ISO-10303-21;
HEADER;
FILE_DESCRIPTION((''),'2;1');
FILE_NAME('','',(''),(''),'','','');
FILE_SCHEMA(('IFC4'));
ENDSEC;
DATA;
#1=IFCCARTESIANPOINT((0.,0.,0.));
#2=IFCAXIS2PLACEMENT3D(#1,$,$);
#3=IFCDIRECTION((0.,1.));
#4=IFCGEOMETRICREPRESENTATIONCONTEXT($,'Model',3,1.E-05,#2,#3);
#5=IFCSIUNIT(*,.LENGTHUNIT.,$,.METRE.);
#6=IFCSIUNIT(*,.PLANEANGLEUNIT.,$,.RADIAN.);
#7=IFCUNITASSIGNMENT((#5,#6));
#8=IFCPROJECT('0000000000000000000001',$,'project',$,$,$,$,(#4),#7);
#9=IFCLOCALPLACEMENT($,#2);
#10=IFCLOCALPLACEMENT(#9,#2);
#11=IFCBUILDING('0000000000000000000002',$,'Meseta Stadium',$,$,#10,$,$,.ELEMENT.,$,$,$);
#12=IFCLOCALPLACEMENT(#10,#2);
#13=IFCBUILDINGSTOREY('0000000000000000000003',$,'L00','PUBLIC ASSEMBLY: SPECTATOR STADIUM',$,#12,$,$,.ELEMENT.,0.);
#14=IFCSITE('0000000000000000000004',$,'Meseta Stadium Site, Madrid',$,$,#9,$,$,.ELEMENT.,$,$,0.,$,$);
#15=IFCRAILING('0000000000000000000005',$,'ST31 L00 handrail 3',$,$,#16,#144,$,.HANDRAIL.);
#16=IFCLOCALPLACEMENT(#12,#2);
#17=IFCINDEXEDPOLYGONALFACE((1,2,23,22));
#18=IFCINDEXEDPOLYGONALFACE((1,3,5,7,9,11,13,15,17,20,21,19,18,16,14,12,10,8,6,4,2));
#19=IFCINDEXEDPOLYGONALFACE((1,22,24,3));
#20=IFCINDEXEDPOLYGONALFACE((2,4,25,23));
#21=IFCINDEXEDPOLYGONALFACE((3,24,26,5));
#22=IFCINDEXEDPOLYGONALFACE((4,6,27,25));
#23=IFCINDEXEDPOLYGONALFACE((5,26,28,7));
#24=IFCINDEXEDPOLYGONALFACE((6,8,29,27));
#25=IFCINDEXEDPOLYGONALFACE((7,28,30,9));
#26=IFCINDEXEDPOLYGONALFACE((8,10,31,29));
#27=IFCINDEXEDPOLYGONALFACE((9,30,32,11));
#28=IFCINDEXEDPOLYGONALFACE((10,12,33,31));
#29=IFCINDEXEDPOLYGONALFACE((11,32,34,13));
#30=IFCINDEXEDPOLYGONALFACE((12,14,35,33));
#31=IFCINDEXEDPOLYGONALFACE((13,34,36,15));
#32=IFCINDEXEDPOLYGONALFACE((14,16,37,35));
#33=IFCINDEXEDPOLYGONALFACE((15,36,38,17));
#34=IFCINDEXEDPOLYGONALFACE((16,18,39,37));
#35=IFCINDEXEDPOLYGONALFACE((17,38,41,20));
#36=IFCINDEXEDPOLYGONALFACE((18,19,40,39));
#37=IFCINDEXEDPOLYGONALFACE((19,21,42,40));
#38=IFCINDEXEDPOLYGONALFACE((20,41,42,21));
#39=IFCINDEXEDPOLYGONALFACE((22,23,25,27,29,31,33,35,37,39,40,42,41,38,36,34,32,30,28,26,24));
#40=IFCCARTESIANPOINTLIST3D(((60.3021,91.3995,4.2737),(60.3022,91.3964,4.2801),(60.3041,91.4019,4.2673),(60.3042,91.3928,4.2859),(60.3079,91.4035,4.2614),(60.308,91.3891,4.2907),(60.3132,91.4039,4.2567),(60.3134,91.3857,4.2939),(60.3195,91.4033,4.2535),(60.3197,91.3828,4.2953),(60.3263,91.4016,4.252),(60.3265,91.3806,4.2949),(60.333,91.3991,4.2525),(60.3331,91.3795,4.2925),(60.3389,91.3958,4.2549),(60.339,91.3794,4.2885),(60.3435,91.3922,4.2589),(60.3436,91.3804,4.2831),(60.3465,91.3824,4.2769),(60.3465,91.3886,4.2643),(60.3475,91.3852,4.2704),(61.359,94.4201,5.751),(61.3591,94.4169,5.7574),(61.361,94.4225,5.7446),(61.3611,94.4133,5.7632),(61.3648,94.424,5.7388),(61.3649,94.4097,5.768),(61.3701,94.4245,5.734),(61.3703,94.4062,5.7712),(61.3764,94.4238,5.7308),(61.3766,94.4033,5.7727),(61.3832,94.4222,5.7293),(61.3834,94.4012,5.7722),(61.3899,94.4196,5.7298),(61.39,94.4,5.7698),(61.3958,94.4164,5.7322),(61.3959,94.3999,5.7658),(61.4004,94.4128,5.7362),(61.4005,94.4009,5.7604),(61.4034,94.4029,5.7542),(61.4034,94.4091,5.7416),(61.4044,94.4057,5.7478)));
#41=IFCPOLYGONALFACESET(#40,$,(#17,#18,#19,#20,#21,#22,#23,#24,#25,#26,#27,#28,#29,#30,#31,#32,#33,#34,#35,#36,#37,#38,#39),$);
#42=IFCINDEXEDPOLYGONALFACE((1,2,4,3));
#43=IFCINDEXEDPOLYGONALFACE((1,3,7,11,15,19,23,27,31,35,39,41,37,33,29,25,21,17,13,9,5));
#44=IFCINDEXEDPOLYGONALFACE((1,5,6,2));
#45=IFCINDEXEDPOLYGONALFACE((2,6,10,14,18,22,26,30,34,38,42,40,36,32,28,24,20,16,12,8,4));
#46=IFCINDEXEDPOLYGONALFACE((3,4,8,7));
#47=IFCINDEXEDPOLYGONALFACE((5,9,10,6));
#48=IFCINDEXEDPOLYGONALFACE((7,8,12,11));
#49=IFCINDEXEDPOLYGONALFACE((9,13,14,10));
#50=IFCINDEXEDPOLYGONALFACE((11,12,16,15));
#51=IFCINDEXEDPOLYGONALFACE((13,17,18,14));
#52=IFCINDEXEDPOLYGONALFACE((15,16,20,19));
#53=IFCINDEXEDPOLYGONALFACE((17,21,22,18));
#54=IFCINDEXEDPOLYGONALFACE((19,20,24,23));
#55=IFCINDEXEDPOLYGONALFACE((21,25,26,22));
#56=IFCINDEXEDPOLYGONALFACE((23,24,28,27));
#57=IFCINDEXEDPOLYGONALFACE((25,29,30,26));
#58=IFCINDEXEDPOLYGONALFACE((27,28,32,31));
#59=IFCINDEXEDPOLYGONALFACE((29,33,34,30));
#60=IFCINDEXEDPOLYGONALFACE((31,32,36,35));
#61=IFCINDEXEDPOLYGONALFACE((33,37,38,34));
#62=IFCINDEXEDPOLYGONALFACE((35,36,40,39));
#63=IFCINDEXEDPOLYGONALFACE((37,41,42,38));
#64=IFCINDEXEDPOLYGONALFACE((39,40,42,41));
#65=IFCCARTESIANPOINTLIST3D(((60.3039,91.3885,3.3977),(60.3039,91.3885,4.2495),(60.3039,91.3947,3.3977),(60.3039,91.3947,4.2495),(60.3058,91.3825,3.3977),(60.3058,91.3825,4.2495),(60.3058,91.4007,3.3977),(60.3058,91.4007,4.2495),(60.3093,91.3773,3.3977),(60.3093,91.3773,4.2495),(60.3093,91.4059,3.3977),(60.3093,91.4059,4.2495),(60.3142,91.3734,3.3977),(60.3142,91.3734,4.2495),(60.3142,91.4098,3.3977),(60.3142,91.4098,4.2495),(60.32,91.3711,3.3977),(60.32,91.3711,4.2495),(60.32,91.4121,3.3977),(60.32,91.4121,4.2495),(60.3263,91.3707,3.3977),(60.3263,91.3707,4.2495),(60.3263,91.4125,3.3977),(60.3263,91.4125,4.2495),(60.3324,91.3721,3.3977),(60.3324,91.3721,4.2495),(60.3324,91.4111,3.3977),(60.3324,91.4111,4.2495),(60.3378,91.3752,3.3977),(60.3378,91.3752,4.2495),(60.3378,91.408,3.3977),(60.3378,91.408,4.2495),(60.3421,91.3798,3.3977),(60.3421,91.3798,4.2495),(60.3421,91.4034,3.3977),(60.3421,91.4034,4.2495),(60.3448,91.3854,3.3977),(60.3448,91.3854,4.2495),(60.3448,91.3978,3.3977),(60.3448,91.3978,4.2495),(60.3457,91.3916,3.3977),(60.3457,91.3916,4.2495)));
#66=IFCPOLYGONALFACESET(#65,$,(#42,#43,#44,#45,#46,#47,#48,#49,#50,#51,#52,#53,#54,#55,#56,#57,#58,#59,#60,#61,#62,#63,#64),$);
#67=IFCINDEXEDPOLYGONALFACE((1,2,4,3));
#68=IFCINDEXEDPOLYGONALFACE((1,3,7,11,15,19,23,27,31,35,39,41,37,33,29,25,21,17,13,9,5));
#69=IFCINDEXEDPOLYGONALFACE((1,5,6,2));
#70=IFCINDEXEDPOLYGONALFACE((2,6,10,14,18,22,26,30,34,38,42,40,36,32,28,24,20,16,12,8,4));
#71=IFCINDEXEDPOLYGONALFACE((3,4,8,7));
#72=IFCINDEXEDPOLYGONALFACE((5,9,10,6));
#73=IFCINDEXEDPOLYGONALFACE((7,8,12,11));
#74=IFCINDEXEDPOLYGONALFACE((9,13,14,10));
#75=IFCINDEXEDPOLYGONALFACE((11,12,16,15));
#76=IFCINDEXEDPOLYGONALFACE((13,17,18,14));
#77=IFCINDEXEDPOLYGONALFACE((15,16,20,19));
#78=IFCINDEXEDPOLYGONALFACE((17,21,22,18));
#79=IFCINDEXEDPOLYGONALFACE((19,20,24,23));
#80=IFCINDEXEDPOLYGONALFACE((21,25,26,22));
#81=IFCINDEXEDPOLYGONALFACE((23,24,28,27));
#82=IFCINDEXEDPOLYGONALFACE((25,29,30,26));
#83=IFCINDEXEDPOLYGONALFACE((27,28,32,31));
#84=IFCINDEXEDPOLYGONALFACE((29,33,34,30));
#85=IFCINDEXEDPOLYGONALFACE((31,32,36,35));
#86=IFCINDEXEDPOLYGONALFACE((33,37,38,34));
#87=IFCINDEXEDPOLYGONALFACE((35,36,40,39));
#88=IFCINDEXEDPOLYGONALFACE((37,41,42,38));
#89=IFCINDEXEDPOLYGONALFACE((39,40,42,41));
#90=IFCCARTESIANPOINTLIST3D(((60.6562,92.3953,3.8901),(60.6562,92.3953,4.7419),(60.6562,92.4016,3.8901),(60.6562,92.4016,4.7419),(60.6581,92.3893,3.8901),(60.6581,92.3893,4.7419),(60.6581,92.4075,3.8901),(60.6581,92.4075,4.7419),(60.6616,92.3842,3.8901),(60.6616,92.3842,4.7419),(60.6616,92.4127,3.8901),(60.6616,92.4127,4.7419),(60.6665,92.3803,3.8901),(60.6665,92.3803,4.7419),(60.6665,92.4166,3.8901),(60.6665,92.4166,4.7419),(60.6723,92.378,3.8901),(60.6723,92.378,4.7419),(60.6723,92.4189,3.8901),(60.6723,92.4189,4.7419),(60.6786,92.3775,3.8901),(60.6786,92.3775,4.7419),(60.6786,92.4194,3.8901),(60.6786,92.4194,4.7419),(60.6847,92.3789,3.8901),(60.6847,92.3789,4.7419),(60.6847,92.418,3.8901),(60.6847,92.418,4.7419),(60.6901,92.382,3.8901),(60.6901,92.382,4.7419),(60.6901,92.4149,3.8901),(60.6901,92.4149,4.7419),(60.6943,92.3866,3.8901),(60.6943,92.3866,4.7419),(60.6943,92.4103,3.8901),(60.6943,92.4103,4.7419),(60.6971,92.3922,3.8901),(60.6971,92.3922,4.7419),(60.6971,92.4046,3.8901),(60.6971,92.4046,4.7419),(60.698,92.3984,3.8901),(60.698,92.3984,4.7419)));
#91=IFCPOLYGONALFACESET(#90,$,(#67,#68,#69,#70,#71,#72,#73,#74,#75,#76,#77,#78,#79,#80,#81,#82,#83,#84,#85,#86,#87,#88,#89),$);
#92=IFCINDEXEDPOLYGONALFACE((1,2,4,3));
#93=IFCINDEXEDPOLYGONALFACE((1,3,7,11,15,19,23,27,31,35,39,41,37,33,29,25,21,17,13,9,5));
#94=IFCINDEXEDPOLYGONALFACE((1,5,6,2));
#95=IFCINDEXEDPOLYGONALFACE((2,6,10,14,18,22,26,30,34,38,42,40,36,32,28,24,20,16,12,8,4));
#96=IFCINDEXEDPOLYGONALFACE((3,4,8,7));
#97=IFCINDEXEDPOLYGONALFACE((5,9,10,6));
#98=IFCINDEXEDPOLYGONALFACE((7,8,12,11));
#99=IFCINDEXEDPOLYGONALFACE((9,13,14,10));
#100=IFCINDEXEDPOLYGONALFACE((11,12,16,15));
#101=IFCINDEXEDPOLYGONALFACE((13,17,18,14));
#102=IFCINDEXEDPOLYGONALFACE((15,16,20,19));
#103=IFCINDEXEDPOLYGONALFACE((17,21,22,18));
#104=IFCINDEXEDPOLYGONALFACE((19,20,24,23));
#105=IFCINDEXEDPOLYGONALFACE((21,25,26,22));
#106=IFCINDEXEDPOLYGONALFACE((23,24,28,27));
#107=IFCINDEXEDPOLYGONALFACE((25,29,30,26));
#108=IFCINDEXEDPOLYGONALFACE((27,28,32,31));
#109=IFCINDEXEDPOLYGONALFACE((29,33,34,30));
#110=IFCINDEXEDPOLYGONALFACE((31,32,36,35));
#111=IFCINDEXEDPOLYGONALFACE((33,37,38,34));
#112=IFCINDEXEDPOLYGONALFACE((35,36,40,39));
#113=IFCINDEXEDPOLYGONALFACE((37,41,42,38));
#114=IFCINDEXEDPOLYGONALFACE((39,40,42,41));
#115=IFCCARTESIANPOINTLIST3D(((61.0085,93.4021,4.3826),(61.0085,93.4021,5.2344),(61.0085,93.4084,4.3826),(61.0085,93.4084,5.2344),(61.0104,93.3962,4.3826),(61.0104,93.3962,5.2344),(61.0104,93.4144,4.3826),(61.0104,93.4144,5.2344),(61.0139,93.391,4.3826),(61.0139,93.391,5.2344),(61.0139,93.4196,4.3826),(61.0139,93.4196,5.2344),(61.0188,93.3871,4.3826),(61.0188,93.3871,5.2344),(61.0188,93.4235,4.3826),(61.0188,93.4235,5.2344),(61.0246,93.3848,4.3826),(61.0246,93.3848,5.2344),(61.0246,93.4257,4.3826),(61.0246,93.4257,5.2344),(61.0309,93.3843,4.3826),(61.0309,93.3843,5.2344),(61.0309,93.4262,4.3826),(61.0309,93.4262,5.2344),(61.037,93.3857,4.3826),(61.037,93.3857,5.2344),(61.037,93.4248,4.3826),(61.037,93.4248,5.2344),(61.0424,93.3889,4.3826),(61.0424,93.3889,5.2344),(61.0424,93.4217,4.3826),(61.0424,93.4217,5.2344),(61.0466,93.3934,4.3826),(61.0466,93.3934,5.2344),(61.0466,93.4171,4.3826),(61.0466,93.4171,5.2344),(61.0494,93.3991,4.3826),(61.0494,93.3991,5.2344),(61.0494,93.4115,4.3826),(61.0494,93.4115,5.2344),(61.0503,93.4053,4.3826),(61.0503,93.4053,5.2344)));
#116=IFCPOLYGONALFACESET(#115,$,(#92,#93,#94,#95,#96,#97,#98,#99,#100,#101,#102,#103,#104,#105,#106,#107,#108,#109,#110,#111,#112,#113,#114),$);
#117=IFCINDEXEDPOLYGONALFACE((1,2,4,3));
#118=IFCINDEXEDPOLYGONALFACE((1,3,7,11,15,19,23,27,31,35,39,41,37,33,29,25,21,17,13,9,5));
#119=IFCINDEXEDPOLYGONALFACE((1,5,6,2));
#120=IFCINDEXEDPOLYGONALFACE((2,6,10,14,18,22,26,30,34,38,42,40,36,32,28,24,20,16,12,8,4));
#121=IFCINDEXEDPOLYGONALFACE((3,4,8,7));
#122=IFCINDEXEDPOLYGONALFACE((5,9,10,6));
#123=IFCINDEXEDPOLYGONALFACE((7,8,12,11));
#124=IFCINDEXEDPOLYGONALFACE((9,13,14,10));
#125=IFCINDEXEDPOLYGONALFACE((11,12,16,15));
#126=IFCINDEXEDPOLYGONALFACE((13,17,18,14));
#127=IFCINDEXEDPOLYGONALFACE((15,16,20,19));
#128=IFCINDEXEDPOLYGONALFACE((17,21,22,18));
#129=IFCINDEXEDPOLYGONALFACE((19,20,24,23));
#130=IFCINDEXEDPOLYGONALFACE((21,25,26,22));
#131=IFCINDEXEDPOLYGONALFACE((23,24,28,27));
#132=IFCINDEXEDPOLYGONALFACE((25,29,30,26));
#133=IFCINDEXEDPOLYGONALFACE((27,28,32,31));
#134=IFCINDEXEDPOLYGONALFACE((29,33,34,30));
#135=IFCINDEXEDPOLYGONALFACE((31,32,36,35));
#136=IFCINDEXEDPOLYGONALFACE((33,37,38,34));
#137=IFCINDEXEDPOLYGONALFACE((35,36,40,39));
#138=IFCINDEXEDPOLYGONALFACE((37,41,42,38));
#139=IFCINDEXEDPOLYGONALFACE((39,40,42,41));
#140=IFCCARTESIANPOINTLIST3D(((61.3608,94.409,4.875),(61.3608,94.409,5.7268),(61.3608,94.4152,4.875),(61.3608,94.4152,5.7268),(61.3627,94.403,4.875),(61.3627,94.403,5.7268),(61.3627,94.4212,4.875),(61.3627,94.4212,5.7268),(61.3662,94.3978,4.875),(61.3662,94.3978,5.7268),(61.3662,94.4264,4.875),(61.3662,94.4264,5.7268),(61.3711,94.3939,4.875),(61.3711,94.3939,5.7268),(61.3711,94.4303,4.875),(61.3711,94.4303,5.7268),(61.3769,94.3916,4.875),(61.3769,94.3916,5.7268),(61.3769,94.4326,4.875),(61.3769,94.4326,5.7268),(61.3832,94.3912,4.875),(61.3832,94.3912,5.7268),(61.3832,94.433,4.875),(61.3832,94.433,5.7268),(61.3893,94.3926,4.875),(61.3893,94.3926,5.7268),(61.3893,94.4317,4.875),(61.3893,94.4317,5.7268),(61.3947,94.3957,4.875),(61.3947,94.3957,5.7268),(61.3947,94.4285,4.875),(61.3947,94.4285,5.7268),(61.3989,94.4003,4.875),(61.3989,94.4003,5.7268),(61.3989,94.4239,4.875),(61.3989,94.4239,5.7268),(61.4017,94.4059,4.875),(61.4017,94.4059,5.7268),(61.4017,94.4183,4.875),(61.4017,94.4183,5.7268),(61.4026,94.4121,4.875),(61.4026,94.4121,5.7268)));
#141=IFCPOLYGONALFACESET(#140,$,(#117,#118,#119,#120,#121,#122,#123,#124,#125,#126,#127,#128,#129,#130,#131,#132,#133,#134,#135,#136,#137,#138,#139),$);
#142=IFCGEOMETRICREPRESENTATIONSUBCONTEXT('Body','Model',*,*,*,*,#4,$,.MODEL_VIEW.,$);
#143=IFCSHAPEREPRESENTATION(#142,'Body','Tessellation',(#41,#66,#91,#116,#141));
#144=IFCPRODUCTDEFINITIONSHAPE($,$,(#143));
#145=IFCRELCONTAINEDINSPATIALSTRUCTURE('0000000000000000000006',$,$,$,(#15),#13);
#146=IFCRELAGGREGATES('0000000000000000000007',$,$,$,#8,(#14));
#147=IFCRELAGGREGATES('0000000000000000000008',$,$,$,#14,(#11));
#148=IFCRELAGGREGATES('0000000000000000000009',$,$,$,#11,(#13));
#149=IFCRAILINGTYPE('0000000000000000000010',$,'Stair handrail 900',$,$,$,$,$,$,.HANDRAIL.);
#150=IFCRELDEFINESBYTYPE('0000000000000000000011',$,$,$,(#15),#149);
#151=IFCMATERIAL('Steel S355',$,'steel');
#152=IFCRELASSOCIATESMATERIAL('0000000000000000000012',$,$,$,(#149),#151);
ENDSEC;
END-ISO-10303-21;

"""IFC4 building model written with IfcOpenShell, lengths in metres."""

from ifc_helpers import new_model, si_unit, direction, frame, origin, origin_2d, place, context, subcontext, project, spatial, circle, extrude, material, type_object, element, save


model = new_model("IFC4")

# Units and contexts
model_context = context("Model", 3, precision=1e-05, world=origin(), true_north=direction((0.0, 1.0)))
body_context = subcontext(model_context, "Body", "Model", "MODEL_VIEW")
ifc_project = project(units=[si_unit("LENGTHUNIT", "METRE"), si_unit("PLANEANGLEUNIT", "RADIAN")], contexts=[model_context])

# Site, building, storey
site_placement = place(None, origin())
site = spatial("IfcSite", under=ifc_project, at=site_placement, Name="Meseta Stadium Site, Madrid", CompositionType="ELEMENT", RefElevation=0.0)
building_placement = place(site_placement, origin())
building = spatial("IfcBuilding", under=site, at=building_placement, Name="Meseta Stadium", CompositionType="ELEMENT")
storey_placement = place(building_placement, origin())
storey = spatial("IfcBuildingStorey", under=building, at=storey_placement, Name="L00", Description="PUBLIC ASSEMBLY: SPECTATOR STADIUM", CompositionType="ELEMENT", Elevation=0.0)

# Railing
ifc_material_1 = material(Name="Steel S355", Category="steel")
railing_type_1 = type_object("IfcRailingType", Name="Stair handrail 900", PredefinedType="HANDRAIL", material=ifc_material_1)
for number, where, name in (
    (1, (60.3247, 91.3916, 3.3977), "ST31 L00 handrail 3"),
):
    element("IfcRailing", number, at=place(storey_placement, frame(where)), inside=storey, type_object=railing_type_1, Name=name, PredefinedType="HANDRAIL", context=body_context, shape_type="SweptSolid", body=[
        extrude(circle(Radius=0.0239, at=origin_2d()), frame((0.0, 0.0, 0.876), z_axis=(0.299859, 0.856977, 0.419137), x_axis=(-0.943887, 0.330269, 0.0)), (0.0, 0.0, 1.0), 3.5247),
        extrude(circle(Radius=0.021, at=origin_2d()), origin(), (0.0, 0.0, 1.0), 0.8518),
        extrude(circle(Radius=0.021, at=origin_2d()), frame((0.3523, 1.0068, 0.4924)), (0.0, 0.0, 1.0), 0.8518),
        extrude(circle(Radius=0.021, at=origin_2d()), frame((0.7046, 2.0137, 0.9849)), (0.0, 0.0, 1.0), 0.8518),
        extrude(circle(Radius=0.021, at=origin_2d()), frame((1.0569, 3.0205, 1.4773)), (0.0, 0.0, 1.0), 0.8518),
    ])

save(model, "model.ifc")
